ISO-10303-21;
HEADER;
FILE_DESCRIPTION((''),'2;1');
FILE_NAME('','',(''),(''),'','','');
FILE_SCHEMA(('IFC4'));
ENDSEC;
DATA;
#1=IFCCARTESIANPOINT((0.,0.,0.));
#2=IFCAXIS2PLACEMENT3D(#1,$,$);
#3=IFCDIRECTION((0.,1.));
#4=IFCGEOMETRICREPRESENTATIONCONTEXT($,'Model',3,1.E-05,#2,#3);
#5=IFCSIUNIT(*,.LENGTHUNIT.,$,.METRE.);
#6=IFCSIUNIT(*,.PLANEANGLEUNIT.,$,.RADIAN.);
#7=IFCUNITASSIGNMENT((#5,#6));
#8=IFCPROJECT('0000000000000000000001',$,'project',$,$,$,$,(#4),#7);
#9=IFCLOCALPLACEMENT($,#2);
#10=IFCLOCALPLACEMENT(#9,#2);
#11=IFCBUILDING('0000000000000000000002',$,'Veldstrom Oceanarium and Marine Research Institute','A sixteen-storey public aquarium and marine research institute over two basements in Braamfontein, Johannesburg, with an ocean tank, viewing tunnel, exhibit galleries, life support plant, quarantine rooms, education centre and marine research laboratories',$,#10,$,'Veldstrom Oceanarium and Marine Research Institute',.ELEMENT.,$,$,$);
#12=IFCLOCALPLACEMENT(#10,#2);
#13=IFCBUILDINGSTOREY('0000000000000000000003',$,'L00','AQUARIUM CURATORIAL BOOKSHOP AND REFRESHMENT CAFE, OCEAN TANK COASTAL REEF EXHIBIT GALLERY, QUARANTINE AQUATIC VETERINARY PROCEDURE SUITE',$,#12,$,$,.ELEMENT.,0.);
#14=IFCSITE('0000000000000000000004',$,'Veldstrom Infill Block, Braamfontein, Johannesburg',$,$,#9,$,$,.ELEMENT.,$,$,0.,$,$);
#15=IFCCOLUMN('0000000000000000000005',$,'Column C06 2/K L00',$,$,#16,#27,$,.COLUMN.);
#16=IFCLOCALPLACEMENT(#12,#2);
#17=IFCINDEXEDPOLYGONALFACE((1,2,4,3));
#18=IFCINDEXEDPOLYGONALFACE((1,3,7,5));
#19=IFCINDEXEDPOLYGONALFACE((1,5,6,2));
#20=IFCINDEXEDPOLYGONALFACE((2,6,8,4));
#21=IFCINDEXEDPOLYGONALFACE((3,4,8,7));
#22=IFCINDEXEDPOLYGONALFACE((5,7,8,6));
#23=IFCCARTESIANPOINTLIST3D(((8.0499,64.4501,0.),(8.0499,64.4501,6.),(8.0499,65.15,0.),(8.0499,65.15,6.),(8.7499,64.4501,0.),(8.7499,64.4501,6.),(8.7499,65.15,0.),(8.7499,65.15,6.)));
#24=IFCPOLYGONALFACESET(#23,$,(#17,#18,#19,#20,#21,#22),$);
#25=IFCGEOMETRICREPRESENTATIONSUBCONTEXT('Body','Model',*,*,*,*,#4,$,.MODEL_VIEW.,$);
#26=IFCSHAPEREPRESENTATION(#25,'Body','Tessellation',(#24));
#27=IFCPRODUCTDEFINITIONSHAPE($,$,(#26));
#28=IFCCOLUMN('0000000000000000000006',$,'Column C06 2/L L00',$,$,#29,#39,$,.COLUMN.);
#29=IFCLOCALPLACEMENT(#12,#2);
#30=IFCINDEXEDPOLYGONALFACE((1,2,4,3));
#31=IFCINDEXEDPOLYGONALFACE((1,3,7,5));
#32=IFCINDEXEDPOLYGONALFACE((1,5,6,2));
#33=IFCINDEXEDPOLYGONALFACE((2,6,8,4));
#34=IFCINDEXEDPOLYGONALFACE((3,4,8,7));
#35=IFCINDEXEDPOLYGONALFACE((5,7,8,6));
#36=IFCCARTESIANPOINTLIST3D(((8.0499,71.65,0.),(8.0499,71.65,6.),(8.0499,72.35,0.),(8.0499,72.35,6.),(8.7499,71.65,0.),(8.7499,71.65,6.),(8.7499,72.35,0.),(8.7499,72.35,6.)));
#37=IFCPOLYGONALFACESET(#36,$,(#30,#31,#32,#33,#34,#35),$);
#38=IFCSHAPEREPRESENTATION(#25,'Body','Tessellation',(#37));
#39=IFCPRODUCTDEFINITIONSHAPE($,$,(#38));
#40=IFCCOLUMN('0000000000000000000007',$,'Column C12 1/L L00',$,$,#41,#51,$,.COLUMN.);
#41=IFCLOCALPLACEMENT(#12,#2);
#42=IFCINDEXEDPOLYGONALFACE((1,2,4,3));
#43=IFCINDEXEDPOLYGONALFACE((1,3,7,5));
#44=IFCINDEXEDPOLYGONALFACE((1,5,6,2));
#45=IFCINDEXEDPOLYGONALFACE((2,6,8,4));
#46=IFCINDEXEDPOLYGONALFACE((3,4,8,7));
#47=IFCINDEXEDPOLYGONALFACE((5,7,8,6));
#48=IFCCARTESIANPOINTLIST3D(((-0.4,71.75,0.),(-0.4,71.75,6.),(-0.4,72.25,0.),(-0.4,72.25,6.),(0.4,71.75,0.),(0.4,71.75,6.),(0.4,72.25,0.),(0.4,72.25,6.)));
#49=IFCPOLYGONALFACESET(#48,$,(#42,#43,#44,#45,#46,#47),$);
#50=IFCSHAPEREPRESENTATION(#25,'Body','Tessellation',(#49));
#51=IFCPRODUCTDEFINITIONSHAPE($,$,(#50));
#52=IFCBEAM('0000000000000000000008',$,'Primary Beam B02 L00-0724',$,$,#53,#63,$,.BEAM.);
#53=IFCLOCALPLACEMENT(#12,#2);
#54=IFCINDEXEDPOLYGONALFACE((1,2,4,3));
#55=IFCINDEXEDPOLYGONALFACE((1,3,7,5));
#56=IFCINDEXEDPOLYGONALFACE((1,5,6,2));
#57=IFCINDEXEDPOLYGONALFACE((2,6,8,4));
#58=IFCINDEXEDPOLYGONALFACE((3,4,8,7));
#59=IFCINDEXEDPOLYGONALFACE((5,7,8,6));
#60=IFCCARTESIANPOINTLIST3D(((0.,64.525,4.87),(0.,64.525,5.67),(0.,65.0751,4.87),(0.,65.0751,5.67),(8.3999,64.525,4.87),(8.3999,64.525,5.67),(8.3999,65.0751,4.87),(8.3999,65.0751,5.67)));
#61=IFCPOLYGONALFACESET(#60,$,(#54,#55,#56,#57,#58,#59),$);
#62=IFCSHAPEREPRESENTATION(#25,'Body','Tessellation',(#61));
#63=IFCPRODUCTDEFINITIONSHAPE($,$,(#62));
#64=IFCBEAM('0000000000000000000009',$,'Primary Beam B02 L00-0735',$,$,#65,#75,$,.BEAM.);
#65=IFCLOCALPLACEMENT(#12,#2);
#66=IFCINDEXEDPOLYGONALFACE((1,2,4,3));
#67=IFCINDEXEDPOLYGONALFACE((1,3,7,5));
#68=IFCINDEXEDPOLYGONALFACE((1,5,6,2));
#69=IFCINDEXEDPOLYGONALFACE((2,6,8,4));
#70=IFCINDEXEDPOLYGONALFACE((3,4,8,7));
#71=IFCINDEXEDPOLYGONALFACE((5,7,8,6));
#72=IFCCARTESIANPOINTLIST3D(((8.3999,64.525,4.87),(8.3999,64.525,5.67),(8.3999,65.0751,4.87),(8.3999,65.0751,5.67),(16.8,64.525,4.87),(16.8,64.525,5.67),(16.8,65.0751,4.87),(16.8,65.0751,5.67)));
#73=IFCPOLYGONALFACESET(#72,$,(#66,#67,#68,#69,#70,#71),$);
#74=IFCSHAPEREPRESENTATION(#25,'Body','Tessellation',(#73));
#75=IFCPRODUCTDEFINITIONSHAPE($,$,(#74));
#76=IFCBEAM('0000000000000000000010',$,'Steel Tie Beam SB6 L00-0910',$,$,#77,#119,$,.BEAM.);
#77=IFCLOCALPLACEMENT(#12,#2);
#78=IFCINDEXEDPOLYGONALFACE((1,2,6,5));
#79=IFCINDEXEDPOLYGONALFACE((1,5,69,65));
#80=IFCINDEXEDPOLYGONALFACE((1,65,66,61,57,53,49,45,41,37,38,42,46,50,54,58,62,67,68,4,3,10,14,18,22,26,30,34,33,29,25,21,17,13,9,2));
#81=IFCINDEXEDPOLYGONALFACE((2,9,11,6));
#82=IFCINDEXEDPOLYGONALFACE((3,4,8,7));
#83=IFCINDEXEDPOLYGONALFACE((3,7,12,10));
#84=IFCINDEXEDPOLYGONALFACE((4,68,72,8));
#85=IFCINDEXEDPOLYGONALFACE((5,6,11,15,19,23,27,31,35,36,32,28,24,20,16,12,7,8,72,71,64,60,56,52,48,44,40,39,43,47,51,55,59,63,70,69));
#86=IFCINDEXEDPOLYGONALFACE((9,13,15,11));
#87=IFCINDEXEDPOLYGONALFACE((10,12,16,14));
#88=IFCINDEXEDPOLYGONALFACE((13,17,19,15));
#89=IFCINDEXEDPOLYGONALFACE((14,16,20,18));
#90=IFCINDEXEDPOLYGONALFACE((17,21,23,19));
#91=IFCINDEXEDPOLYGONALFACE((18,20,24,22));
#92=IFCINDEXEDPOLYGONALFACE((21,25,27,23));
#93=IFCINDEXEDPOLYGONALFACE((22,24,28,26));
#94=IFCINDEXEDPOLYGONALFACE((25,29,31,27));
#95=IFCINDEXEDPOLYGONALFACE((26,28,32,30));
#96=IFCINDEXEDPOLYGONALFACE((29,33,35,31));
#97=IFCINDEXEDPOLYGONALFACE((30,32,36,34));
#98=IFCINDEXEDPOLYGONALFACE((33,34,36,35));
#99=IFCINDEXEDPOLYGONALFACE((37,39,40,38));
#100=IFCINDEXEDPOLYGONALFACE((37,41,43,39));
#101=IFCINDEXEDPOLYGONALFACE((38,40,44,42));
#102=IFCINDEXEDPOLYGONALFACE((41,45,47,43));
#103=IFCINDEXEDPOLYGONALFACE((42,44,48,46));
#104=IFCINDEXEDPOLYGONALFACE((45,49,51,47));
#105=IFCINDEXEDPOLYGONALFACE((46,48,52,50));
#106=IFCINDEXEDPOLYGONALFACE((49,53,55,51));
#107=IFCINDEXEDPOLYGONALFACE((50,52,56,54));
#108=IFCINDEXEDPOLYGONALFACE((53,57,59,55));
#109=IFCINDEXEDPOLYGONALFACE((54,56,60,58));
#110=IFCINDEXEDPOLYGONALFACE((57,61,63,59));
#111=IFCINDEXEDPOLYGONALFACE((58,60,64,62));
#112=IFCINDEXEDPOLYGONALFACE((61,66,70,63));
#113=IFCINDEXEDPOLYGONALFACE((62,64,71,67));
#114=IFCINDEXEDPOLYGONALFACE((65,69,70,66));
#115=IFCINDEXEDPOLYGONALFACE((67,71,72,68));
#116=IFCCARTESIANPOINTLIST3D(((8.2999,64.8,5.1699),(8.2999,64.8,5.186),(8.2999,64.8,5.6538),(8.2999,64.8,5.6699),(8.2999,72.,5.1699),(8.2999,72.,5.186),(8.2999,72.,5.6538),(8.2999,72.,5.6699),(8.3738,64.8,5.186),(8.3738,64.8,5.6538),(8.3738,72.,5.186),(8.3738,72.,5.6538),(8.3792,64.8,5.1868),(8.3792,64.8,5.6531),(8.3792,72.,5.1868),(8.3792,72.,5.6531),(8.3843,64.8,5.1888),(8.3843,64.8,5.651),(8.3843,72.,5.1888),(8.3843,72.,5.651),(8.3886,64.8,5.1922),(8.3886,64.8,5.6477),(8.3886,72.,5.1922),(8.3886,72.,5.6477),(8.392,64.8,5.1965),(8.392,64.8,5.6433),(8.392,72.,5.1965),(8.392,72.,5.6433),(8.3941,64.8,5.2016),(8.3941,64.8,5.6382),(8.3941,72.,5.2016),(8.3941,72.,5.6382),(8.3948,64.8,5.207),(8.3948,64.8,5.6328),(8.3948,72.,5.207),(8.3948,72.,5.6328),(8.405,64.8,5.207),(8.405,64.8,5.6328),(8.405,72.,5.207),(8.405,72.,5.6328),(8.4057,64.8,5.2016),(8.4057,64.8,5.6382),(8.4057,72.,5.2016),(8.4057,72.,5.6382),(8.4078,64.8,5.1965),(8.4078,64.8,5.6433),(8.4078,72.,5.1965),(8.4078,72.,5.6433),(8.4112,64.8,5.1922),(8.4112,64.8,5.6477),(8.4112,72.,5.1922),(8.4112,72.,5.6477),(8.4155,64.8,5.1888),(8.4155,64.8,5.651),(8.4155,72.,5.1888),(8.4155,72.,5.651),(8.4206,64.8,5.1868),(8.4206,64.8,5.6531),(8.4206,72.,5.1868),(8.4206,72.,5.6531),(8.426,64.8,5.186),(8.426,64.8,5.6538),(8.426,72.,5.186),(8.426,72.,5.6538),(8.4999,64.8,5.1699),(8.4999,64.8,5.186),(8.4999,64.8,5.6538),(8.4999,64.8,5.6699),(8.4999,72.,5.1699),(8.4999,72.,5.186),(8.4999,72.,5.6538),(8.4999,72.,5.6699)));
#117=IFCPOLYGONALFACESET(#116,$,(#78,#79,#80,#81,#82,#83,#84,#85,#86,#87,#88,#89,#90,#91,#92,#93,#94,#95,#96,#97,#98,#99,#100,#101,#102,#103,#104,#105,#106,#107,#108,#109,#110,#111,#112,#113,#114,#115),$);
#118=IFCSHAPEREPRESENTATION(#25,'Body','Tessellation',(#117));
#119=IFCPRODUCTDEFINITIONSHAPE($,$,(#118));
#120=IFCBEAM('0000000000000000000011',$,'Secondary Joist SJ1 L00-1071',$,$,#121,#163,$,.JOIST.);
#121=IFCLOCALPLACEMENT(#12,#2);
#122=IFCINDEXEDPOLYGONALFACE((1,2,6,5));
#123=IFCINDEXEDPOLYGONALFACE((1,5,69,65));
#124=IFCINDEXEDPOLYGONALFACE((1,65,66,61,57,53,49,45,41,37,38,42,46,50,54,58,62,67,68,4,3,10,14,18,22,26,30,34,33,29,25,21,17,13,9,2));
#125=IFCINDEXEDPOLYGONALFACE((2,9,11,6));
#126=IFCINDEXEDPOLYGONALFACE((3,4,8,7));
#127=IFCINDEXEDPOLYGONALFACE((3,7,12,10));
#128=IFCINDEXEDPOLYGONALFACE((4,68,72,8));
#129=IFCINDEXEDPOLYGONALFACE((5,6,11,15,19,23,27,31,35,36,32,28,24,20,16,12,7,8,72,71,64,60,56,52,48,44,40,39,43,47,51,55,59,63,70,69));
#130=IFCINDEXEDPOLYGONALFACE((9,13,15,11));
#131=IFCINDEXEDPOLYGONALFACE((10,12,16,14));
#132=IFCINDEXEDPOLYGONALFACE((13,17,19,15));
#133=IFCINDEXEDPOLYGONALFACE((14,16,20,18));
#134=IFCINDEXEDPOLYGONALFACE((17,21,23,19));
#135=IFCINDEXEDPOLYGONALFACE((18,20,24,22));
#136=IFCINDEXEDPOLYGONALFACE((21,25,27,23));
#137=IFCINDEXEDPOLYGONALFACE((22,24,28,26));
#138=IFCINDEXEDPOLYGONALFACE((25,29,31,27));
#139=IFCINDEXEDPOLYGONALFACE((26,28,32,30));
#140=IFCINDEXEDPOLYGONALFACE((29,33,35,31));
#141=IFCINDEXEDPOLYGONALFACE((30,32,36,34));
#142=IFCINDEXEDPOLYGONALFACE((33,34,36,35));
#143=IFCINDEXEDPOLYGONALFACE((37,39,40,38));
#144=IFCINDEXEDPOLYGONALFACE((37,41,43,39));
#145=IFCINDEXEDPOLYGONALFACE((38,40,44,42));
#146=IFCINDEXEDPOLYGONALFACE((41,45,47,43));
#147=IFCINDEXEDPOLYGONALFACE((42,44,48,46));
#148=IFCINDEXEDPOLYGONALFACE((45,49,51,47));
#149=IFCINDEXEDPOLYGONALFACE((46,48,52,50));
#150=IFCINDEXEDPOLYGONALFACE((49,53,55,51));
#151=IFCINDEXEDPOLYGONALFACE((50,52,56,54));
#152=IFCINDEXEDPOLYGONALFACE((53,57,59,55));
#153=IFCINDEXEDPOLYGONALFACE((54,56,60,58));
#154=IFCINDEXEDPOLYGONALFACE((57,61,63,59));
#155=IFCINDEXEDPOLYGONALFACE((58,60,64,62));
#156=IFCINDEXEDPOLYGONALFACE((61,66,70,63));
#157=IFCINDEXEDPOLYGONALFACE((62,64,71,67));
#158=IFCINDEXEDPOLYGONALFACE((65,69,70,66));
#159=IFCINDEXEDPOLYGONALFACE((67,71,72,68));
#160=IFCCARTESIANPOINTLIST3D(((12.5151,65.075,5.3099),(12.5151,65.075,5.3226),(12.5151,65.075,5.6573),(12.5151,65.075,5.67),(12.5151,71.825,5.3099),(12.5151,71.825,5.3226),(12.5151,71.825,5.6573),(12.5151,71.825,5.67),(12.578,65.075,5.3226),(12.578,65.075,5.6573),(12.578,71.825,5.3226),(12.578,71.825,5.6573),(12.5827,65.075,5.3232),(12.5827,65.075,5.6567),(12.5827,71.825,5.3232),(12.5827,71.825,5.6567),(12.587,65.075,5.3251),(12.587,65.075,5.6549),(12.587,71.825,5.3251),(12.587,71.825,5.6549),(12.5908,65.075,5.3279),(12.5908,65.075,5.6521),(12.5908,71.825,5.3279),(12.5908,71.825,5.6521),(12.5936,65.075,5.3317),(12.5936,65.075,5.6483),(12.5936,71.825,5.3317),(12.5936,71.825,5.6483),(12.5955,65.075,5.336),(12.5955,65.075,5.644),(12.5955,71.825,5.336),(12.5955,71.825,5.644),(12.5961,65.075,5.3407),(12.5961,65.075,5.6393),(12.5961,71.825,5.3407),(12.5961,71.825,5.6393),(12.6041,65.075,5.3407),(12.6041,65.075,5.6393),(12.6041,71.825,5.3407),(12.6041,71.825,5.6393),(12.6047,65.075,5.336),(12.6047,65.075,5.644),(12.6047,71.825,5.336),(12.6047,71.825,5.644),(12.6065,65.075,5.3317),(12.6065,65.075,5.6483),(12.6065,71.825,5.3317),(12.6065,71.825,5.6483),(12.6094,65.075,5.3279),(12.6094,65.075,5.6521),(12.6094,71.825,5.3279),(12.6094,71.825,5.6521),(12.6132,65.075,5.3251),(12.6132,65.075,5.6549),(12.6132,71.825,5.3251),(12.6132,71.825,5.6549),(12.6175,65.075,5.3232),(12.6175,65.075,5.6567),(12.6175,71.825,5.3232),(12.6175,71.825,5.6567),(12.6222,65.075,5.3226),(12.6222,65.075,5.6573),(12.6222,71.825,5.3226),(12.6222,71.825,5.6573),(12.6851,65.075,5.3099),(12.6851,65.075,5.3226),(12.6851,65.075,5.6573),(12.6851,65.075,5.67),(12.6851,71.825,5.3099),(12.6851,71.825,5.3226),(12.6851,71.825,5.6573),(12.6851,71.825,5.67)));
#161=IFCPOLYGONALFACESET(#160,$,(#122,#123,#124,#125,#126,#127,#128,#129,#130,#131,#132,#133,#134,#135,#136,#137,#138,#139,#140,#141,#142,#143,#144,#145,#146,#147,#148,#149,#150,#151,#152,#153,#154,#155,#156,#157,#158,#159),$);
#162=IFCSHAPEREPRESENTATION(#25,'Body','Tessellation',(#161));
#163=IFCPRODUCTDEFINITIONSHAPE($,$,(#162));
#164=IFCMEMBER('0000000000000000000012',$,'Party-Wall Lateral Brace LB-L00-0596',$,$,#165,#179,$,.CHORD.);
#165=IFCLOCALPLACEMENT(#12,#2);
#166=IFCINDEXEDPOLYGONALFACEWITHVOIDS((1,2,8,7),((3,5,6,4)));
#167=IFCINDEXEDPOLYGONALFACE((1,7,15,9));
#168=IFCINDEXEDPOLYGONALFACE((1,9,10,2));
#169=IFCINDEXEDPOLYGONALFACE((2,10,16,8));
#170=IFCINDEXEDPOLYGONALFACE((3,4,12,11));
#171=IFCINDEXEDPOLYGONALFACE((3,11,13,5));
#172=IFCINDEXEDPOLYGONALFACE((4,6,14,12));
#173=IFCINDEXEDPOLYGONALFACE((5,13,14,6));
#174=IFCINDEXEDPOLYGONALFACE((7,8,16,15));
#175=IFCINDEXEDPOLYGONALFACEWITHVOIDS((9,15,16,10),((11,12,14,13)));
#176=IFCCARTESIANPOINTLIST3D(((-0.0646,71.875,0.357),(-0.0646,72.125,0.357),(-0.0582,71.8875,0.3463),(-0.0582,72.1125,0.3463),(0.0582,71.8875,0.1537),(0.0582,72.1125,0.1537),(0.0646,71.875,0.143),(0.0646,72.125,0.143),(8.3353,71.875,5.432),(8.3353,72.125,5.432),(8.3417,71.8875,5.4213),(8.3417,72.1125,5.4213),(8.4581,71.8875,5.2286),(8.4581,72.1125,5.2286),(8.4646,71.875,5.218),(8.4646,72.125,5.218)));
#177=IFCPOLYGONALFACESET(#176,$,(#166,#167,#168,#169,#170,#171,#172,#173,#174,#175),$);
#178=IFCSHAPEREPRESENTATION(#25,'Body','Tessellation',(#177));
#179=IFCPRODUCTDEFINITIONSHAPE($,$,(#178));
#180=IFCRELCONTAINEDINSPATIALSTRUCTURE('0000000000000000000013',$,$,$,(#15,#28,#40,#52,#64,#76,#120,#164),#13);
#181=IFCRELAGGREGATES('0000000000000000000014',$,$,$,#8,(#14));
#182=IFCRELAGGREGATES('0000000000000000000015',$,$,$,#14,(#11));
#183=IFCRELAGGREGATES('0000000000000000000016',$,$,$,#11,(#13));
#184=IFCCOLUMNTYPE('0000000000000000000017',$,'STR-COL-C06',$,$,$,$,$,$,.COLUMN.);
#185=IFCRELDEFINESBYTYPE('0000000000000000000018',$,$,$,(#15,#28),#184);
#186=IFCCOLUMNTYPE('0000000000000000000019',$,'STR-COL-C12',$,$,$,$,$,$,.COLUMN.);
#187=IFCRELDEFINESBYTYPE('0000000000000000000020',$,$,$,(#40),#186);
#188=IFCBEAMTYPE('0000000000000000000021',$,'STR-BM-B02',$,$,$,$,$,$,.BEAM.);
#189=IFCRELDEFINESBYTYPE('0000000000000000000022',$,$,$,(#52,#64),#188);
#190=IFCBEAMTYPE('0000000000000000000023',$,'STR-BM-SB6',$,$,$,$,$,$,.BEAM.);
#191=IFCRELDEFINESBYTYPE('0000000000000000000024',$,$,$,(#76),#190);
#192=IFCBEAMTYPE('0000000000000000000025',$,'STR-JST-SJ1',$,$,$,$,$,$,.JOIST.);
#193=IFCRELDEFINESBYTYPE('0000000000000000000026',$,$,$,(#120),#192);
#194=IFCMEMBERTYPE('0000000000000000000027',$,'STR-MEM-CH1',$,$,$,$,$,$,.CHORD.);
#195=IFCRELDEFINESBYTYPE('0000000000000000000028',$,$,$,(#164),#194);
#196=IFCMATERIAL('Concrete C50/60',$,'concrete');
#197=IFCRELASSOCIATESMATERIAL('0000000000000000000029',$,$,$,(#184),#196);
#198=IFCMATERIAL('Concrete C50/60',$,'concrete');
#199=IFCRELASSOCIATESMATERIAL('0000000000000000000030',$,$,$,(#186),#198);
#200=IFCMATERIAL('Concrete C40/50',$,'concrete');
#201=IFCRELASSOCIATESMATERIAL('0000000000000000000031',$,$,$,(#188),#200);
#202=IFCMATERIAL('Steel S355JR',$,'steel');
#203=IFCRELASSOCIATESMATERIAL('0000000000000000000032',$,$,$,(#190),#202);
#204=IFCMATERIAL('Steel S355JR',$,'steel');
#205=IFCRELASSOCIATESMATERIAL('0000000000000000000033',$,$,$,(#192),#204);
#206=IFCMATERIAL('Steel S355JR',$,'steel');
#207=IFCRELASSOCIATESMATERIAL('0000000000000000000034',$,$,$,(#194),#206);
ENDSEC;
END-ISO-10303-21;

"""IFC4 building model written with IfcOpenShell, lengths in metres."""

from ifc_helpers import new_model, si_unit, direction, frame, origin, origin_2d, place, context, subcontext, project, spatial, rectangle, hollow_rectangle, i_section, extrude, material, material_profile, profile_set, type_object, element, save


model = new_model("IFC4")

# Units and contexts
model_context = context("Model", 3, precision=1e-05, world=origin(), true_north=direction((0.0, 1.0)))
body_context = subcontext(model_context, "Body", "Model", "MODEL_VIEW")
ifc_project = project(units=[si_unit("LENGTHUNIT", "METRE"), si_unit("PLANEANGLEUNIT", "RADIAN")], contexts=[model_context])

# Site, building, storey
site_placement = place(None, origin())
site = spatial("IfcSite", under=ifc_project, at=site_placement, Name="Veldstrom Infill Block, Braamfontein, Johannesburg", CompositionType="ELEMENT", RefElevation=0.0)
building_placement = place(site_placement, origin())
building = spatial("IfcBuilding", under=site, at=building_placement, Name="Veldstrom Oceanarium and Marine Research Institute", Description="A sixteen-storey public aquarium and marine research institute over two basements in Braamfontein, Johannesburg, with an ocean tank, viewing tunnel, exhibit galleries, life support plant, quarantine rooms, education centre and marine research laboratories", LongName="Veldstrom Oceanarium and Marine Research Institute", CompositionType="ELEMENT")
storey_placement = place(building_placement, origin())
storey = spatial("IfcBuildingStorey", under=building, at=storey_placement, Name="L00", Description="AQUARIUM CURATORIAL BOOKSHOP AND REFRESHMENT CAFE, OCEAN TANK COASTAL REEF EXHIBIT GALLERY, QUARANTINE AQUATIC VETERINARY PROCEDURE SUITE", CompositionType="ELEMENT", Elevation=0.0)

# Columns
ifc_material_1 = material(Name="Concrete C50/60", Category="concrete")
ifc_material_profile_1 = material_profile(ifc_material_1, rectangle(XDim=0.7, YDim=0.7, at=origin_2d()), Name="RC-COL-700x700")
ifc_profile_set_1 = profile_set([ifc_material_profile_1], Name="Concrete C50/60")
column_type_1 = type_object("IfcColumnType", Name="STR-COL-C06", PredefinedType="COLUMN", material=ifc_profile_set_1)
for number, where, z_axis, x_axis, name in (
    (1, (8.3999, 64.8, 0.0), (0.0, 0.0, 1.0), (1.0, 0.0, 0.0), "Column C06 2/K L00"),
    (2, (8.3999, 72.0, 0.0), (0.0, 0.0, 1.0), (1.0, 0.0, 0.0), "Column C06 2/L L00"),
):
    element("IfcColumn", number, at=place(storey_placement, frame(where, z_axis=z_axis, x_axis=x_axis)), inside=storey, type_object=column_type_1, Name=name, PredefinedType="COLUMN", context=body_context, shape_type="SweptSolid", body=[
        extrude(rectangle(XDim=0.7, YDim=0.7, at=origin_2d()), origin(), (0.0, 0.0, 1.0), 6.0),
    ])
ifc_material_2 = material(Name="Concrete C50/60", Category="concrete")
ifc_material_profile_2 = material_profile(ifc_material_2, rectangle(XDim=0.5, YDim=0.8, at=origin_2d()), Name="RC-COL-800x500")
ifc_profile_set_2 = profile_set([ifc_material_profile_2], Name="Concrete C50/60")
column_type_2 = type_object("IfcColumnType", Name="STR-COL-C12", PredefinedType="COLUMN", material=ifc_profile_set_2)
column_placement = place(storey_placement, frame((0.0, 72.0, 0.0), z_axis=(0.0, 0.0, 1.0), x_axis=(0.0, 1.0, 0.0)))
element("IfcColumn", 3, at=column_placement, inside=storey, type_object=column_type_2, Name="Column C12 1/L L00", PredefinedType="COLUMN", context=body_context, shape_type="SweptSolid", body=[
    extrude(rectangle(XDim=0.5, YDim=0.8, at=origin_2d()), origin(), (0.0, 0.0, 1.0), 6.0),
])

# Beams
ifc_material_3 = material(Name="Concrete C40/50", Category="concrete")
ifc_material_profile_3 = material_profile(ifc_material_3, rectangle(XDim=0.55, YDim=0.8, at=origin_2d()), Name="RC-BM-550x800")
ifc_profile_set_3 = profile_set([ifc_material_profile_3], Name="Concrete C40/50")
beam_type_1 = type_object("IfcBeamType", Name="STR-BM-B02", PredefinedType="BEAM", material=ifc_profile_set_3)
beam_1_placement = place(storey_placement, frame((0.0, 64.8, 5.27), z_axis=(1.0, 0.0, 0.0), x_axis=(0.0, 1.0, 0.0)))
element("IfcBeam", 4, at=beam_1_placement, inside=storey, type_object=beam_type_1, Name="Primary Beam B02 L00-0724", PredefinedType="BEAM", context=body_context, shape_type="SweptSolid", body=[
    extrude(rectangle(XDim=0.55, YDim=0.8, at=origin_2d()), origin(), (0.0, 0.0, 1.0), 8.3999),
])
beam_2_placement = place(storey_placement, frame((8.3999, 64.8, 5.27), z_axis=(1.0, 0.0, 0.0), x_axis=(0.0, 1.0, 0.0)))
element("IfcBeam", 5, at=beam_2_placement, inside=storey, type_object=beam_type_1, Name="Primary Beam B02 L00-0735", PredefinedType="BEAM", context=body_context, shape_type="SweptSolid", body=[
    extrude(rectangle(XDim=0.55, YDim=0.8, at=origin_2d()), origin(), (0.0, 0.0, 1.0), 8.4001),
])
ifc_material_4 = material(Name="Steel S355JR", Category="steel")
ifc_material_profile_4 = material_profile(ifc_material_4, i_section(OverallWidth=0.2, OverallDepth=0.5, WebThickness=0.0103, FlangeThickness=0.0161, FilletRadius=0.021, at=origin_2d()), Name="IPE 500")
ifc_profile_set_4 = profile_set([ifc_material_profile_4], Name="Steel S355JR")
beam_type_2 = type_object("IfcBeamType", Name="STR-BM-SB6", PredefinedType="BEAM", material=ifc_profile_set_4)
beam_3_placement = place(storey_placement, frame((8.3999, 64.8, 5.4199), z_axis=(0.0, 1.0, 0.0), x_axis=(-1.0, 0.0, 0.0)))
element("IfcBeam", 6, at=beam_3_placement, inside=storey, type_object=beam_type_2, Name="Steel Tie Beam SB6 L00-0910", PredefinedType="BEAM", context=body_context, shape_type="SweptSolid", body=[
    extrude(i_section(OverallWidth=0.2, OverallDepth=0.5, WebThickness=0.0103, FlangeThickness=0.0161, FilletRadius=0.021, at=origin_2d()), origin(), (0.0, 0.0, 1.0), 7.2),
])
ifc_material_5 = material(Name="Steel S355JR", Category="steel")
ifc_material_profile_5 = material_profile(ifc_material_5, i_section(OverallWidth=0.1699, OverallDepth=0.3601, WebThickness=0.0081, FlangeThickness=0.0127, FilletRadius=0.0181, at=origin_2d()), Name="IPE 360")
ifc_profile_set_5 = profile_set([ifc_material_profile_5], Name="Steel S355JR")
beam_type_3 = type_object("IfcBeamType", Name="STR-JST-SJ1", PredefinedType="JOIST", material=ifc_profile_set_5)
beam_4_placement = place(storey_placement, frame((12.6001, 65.075, 5.49), z_axis=(0.0, 1.0, 0.0), x_axis=(-1.0, 0.0, 0.0)))
element("IfcBeam", 7, at=beam_4_placement, inside=storey, type_object=beam_type_3, Name="Secondary Joist SJ1 L00-1071", PredefinedType="JOIST", context=body_context, shape_type="SweptSolid", body=[
    extrude(i_section(OverallWidth=0.1699, OverallDepth=0.3601, WebThickness=0.0081, FlangeThickness=0.0127, FilletRadius=0.0181, at=origin_2d()), origin(), (0.0, 0.0, 1.0), 6.75),
])

# Member
ifc_material_6 = material(Name="Steel S355JR", Category="steel")
ifc_material_profile_6 = material_profile(ifc_material_6, hollow_rectangle(XDim=0.25, YDim=0.25, WallThickness=0.0125, at=origin_2d()), Name="SHS 250x250x12.5")
ifc_profile_set_6 = profile_set([ifc_material_profile_6], Name="Steel S355JR")
member_type_1 = type_object("IfcMemberType", Name="STR-MEM-CH1", PredefinedType="CHORD", material=ifc_profile_set_6)
member_1_placement = place(storey_placement, frame((0.0, 72.0, 0.25), z_axis=(0.855915, 0.0, 0.517116), x_axis=(0.0, 1.0, 0.0)))
element("IfcMember", 8, at=member_1_placement, inside=storey, type_object=member_type_1, Name="Party-Wall Lateral Brace LB-L00-0596", PredefinedType="CHORD", context=body_context, shape_type="SweptSolid", body=[
    extrude(hollow_rectangle(XDim=0.25, YDim=0.25, WallThickness=0.0125, at=origin_2d()), origin(), (0.0, 0.0, 1.0), 9.814),
])

save(model, "model.ifc")
